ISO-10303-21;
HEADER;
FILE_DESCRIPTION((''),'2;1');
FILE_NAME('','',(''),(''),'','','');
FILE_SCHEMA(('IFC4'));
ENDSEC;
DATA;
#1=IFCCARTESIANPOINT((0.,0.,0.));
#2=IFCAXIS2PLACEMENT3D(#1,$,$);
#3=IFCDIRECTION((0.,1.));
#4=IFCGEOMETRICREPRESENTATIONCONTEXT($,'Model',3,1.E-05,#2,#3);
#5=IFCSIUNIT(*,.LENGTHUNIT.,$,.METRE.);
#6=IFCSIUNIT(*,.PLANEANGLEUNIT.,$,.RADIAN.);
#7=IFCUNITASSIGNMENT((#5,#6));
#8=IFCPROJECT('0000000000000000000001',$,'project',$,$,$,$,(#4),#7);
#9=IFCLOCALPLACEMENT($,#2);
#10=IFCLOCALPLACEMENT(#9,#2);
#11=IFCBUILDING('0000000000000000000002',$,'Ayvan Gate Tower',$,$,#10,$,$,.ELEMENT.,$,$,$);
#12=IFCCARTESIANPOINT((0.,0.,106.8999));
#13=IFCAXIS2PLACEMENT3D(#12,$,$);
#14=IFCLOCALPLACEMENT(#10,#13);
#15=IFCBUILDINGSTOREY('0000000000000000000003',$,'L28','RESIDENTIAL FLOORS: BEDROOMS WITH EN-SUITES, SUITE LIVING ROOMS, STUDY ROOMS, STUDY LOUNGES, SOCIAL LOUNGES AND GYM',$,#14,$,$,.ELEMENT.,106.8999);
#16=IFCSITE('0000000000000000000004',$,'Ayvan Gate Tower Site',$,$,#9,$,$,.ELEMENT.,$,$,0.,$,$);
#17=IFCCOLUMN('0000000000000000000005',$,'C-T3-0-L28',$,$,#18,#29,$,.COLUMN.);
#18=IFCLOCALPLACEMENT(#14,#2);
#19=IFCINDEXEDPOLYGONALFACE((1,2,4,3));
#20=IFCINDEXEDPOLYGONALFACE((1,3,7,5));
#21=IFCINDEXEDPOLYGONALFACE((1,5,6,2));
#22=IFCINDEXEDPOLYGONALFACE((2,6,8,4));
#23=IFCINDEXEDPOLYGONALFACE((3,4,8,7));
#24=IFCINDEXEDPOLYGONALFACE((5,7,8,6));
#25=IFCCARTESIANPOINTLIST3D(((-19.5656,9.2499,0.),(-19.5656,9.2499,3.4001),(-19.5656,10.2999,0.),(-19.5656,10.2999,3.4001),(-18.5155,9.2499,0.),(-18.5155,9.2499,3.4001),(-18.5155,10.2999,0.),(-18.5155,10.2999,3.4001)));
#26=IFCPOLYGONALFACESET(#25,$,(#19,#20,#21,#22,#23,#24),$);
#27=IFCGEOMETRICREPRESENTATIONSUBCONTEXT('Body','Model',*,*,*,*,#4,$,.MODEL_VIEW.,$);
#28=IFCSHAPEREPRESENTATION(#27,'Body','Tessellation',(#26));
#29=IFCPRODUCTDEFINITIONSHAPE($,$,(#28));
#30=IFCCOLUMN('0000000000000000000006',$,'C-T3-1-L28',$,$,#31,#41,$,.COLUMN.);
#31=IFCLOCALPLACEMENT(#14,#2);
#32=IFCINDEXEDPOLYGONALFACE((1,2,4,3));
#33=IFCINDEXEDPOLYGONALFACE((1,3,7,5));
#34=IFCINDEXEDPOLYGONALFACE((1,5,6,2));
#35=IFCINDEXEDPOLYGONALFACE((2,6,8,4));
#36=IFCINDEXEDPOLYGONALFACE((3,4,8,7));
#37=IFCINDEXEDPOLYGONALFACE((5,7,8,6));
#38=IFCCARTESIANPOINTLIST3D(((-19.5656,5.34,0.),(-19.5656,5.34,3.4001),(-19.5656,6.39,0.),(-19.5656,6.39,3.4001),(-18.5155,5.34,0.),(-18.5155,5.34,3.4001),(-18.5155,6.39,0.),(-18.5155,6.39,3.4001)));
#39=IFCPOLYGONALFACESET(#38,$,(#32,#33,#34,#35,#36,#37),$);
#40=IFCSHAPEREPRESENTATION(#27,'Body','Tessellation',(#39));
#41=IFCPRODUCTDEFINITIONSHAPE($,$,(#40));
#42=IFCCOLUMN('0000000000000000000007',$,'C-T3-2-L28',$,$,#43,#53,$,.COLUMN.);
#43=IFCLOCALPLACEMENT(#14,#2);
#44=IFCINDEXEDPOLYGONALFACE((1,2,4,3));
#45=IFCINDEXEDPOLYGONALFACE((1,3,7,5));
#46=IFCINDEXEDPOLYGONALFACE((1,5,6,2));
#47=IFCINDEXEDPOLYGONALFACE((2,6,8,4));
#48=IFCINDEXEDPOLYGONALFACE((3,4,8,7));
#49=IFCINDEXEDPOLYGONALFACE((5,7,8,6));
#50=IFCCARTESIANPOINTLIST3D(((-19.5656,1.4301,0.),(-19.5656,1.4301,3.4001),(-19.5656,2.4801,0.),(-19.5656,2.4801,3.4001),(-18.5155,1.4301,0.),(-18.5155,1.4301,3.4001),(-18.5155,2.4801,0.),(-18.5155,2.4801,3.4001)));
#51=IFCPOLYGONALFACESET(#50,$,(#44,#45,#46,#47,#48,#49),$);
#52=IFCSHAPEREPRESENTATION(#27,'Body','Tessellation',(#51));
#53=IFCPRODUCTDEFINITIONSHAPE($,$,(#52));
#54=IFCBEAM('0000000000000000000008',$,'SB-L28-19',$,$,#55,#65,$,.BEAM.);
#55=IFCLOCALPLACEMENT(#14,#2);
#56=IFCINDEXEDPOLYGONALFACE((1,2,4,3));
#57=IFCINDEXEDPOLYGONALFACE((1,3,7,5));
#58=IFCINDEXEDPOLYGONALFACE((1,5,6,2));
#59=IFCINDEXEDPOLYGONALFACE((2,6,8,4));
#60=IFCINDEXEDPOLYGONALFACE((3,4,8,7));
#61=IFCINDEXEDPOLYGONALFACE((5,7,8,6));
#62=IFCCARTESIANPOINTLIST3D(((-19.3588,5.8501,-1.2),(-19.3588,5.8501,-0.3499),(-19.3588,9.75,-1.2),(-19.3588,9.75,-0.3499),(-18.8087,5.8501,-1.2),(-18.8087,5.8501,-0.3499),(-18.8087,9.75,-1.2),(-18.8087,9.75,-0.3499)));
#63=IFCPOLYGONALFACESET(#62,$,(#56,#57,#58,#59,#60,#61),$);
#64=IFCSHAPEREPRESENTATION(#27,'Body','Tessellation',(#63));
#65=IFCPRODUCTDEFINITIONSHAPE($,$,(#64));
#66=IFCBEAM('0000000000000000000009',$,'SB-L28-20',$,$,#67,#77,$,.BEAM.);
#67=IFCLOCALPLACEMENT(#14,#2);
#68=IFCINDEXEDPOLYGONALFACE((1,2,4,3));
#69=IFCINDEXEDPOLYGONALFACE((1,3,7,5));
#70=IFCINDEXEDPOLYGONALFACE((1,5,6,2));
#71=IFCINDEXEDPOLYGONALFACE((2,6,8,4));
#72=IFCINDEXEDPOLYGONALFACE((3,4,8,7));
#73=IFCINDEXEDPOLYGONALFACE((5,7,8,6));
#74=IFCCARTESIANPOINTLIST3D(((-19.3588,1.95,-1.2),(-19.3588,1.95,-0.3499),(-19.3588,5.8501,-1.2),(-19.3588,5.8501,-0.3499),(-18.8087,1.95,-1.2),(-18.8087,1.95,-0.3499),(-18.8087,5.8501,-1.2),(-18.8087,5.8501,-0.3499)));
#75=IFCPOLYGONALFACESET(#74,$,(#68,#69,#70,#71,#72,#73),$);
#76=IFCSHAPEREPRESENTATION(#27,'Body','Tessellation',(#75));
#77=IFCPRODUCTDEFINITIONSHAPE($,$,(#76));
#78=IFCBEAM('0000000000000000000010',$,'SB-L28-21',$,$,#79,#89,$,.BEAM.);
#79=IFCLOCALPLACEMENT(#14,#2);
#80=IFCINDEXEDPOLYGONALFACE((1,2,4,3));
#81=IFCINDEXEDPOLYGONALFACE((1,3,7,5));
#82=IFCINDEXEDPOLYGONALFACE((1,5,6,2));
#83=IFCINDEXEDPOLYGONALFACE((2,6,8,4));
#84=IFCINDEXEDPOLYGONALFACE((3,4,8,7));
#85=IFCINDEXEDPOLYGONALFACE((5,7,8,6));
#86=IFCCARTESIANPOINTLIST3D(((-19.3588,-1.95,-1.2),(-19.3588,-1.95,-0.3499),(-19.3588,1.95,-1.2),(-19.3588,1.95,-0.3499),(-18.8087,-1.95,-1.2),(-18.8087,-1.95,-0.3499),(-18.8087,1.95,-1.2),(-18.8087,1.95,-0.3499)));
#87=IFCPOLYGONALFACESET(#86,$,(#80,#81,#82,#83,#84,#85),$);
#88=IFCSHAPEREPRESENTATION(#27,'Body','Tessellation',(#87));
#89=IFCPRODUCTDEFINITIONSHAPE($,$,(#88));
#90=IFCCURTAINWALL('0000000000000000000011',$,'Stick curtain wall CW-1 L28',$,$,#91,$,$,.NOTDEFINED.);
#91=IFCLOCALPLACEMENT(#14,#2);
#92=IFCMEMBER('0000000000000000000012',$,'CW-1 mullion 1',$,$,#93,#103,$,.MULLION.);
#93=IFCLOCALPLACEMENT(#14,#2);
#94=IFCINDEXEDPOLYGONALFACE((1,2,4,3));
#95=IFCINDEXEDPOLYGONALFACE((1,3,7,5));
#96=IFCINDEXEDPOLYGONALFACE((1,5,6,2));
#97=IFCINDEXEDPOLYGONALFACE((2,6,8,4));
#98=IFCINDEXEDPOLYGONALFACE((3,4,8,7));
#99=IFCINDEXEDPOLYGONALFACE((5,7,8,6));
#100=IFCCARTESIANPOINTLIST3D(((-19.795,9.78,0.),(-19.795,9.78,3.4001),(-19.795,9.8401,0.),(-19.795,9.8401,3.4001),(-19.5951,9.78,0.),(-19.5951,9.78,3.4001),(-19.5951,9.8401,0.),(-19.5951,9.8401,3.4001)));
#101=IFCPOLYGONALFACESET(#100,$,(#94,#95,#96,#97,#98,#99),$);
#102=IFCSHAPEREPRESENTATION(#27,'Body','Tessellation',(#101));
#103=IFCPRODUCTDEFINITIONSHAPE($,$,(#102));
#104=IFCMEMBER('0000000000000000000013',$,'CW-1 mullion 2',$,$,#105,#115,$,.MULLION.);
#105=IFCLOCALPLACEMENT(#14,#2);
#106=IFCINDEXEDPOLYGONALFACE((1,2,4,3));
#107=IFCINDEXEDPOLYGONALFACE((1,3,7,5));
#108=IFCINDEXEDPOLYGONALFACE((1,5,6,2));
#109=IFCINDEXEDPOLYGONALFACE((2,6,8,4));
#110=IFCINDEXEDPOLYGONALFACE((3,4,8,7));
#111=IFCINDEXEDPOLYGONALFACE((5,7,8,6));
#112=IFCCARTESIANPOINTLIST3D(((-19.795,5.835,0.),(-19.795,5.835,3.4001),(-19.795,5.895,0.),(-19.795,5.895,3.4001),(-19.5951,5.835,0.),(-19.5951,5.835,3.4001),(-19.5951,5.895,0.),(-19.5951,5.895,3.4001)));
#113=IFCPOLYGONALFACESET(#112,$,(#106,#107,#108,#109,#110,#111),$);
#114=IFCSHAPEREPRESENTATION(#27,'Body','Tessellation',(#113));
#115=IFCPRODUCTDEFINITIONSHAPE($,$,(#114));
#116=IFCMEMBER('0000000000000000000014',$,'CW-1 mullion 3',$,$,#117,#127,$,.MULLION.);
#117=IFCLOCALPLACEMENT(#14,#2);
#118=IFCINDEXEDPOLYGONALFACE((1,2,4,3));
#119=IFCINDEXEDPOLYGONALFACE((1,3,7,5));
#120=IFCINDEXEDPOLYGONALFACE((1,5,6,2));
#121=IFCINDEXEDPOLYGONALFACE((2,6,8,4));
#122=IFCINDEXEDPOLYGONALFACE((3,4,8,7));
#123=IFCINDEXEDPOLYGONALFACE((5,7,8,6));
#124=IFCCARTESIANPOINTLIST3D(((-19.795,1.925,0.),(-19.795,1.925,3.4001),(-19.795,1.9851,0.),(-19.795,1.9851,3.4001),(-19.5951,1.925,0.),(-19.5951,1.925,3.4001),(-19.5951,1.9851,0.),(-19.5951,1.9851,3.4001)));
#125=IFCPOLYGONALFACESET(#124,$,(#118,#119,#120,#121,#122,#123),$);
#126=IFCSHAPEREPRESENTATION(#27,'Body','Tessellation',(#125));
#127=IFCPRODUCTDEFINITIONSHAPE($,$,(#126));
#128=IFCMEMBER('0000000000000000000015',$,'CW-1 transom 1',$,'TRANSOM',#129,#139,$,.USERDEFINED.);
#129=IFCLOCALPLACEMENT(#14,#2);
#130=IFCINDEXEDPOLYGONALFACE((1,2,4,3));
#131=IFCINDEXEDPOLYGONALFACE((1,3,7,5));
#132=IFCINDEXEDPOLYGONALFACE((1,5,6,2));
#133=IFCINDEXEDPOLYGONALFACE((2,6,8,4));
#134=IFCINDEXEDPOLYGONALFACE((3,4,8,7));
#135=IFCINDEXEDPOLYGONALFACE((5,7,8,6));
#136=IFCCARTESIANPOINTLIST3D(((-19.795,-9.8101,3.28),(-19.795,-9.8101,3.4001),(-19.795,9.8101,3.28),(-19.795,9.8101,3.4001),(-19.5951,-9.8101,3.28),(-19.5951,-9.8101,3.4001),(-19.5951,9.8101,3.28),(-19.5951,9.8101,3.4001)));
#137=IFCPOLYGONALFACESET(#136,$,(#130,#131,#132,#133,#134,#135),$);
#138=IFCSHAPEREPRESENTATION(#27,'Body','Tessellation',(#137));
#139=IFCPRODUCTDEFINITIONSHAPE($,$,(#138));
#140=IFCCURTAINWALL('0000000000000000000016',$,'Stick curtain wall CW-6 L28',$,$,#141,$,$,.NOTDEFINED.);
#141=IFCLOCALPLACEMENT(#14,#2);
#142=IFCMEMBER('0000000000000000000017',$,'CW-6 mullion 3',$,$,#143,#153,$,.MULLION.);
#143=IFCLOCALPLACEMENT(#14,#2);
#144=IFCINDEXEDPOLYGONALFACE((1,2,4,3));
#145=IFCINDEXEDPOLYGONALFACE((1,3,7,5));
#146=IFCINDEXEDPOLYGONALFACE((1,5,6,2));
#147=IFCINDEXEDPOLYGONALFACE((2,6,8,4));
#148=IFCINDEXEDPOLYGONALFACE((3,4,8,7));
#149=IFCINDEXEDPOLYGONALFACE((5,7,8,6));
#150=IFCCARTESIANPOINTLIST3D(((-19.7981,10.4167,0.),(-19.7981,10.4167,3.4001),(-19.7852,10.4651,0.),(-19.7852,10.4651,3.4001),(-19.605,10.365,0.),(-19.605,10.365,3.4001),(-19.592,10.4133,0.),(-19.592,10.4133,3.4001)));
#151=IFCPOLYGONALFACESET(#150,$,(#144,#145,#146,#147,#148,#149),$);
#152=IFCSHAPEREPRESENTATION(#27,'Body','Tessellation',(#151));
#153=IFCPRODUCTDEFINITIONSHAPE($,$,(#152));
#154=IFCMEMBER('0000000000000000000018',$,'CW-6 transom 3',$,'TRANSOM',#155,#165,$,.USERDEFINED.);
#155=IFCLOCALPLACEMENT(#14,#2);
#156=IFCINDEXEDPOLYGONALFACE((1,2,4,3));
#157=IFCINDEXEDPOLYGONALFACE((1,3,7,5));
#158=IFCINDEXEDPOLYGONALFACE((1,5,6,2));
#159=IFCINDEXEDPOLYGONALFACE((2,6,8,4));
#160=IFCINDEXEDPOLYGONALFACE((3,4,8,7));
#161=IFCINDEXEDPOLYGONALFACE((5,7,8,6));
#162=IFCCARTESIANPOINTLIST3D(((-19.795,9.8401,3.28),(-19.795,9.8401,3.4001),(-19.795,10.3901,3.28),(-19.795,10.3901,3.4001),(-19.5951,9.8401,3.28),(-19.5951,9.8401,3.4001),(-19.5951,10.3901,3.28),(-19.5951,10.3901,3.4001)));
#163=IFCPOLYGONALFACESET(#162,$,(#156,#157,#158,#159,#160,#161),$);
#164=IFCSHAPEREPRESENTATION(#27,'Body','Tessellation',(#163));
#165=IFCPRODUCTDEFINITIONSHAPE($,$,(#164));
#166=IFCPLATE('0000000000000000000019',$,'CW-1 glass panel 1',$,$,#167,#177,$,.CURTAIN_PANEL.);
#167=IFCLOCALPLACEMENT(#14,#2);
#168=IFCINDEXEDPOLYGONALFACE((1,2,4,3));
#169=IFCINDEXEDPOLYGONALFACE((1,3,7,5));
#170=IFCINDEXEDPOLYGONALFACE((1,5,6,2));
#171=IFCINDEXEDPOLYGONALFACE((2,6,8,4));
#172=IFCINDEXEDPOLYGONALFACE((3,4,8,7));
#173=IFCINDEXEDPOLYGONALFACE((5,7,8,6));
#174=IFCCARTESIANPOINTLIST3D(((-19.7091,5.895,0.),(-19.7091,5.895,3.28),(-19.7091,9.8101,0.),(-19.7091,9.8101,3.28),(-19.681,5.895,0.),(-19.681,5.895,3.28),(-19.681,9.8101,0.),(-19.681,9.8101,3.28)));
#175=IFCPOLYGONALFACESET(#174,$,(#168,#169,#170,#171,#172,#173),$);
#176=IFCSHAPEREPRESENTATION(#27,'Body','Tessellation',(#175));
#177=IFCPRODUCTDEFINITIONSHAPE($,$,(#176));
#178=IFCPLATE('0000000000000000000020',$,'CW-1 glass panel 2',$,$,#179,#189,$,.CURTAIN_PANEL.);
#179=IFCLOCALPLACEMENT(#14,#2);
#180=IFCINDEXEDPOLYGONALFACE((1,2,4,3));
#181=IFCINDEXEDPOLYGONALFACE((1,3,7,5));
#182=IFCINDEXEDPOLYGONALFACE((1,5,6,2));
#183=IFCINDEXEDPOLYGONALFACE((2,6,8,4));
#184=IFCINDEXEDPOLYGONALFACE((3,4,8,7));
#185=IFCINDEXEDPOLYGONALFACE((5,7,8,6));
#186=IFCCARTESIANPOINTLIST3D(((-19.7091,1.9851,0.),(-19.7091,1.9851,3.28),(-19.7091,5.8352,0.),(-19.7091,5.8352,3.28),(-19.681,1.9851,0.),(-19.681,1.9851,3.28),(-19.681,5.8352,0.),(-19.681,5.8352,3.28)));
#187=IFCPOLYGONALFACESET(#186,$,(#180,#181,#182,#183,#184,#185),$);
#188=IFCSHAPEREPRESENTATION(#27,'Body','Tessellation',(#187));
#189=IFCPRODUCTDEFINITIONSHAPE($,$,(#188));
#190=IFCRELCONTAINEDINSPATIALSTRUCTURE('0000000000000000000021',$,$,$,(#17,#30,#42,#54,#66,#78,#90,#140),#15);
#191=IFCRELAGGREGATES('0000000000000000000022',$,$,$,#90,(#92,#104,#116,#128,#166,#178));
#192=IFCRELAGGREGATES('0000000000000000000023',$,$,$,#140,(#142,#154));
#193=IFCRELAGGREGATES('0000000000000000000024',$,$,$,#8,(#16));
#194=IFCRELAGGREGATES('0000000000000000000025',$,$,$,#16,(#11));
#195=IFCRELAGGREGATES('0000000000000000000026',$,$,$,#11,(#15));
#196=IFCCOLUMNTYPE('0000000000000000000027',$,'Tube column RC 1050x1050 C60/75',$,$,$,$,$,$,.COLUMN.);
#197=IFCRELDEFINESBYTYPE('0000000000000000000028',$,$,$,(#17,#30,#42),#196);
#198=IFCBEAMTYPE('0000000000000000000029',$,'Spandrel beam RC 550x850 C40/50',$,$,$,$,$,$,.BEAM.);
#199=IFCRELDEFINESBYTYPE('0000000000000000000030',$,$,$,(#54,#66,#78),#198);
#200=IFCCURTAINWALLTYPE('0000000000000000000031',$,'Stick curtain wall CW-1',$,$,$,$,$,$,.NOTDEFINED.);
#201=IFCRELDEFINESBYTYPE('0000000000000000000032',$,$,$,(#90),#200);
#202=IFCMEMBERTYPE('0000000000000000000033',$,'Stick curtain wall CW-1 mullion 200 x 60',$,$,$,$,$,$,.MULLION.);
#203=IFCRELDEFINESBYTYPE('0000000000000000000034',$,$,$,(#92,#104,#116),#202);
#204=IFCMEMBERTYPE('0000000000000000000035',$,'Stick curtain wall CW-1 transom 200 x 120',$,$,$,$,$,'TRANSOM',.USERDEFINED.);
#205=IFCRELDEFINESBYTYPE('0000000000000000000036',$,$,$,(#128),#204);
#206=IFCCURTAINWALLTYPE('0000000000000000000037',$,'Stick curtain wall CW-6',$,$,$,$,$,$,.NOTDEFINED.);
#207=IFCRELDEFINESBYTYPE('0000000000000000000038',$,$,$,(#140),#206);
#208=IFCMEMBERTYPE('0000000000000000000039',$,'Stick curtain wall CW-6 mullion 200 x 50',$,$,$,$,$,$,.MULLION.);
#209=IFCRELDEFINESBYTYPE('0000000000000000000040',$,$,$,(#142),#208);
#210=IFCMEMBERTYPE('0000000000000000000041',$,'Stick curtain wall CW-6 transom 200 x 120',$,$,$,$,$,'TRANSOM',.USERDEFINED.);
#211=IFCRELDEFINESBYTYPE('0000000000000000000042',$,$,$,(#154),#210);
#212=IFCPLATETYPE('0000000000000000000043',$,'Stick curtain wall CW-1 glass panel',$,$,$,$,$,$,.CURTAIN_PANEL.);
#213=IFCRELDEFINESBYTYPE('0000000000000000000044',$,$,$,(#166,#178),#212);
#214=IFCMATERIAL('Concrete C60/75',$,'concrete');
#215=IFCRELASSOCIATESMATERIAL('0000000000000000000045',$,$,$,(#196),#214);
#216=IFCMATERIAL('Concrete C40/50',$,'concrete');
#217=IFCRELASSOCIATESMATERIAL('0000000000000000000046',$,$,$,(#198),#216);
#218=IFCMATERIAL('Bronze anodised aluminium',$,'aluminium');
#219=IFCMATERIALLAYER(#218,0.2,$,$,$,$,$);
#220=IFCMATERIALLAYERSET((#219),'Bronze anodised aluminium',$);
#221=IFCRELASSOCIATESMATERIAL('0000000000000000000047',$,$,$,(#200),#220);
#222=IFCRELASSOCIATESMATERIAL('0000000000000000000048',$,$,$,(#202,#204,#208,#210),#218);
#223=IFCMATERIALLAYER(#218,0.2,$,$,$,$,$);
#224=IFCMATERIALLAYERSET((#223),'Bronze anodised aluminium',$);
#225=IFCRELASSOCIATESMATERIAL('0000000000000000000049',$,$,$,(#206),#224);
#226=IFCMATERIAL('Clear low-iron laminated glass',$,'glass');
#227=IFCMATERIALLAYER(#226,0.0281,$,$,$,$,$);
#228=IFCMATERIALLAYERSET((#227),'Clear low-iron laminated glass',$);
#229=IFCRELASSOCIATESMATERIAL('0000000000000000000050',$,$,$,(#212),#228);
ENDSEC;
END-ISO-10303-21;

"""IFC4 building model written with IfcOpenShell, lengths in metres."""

from ifc_helpers import new_model, si_unit, direction, frame, origin, origin_2d, place, context, subcontext, project, spatial, rectangle, extrude, material, layer, layer_set, material_profile, profile_set, type_object, element, aggregate, save


model = new_model("IFC4")

# Units and contexts
model_context = context("Model", 3, precision=1e-05, world=origin(), true_north=direction((0.0, 1.0)))
body_context = subcontext(model_context, "Body", "Model", "MODEL_VIEW")
ifc_project = project(units=[si_unit("LENGTHUNIT", "METRE"), si_unit("PLANEANGLEUNIT", "RADIAN")], contexts=[model_context])

# Site, building, storey
site_placement = place(None, origin())
site = spatial("IfcSite", under=ifc_project, at=site_placement, Name="Ayvan Gate Tower Site", CompositionType="ELEMENT", RefElevation=0.0)
building_placement = place(site_placement, origin())
building = spatial("IfcBuilding", under=site, at=building_placement, Name="Ayvan Gate Tower", CompositionType="ELEMENT")
storey_placement = place(building_placement, frame((0.0, 0.0, 106.8999)))
storey = spatial("IfcBuildingStorey", under=building, at=storey_placement, Name="L28", Description="RESIDENTIAL FLOORS: BEDROOMS WITH EN-SUITES, SUITE LIVING ROOMS, STUDY ROOMS, STUDY LOUNGES, SOCIAL LOUNGES AND GYM", CompositionType="ELEMENT", Elevation=106.8999)

# Columns
ifc_material_1 = material(Name="Concrete C60/75", Category="concrete")
ifc_material_profile_1 = material_profile(ifc_material_1, rectangle(XDim=1.05, YDim=1.05, at=origin_2d()), Name="RC 1050x1050")
ifc_profile_set_1 = profile_set([ifc_material_profile_1], Name="Concrete C60/75")
column_type = type_object("IfcColumnType", Name="Tube column RC 1050x1050 C60/75", PredefinedType="COLUMN", material=ifc_profile_set_1)
for number, where, z_axis, x_axis, name in (
    (1, (-19.0405, 9.7749, 0.0), (0.0, 0.0, 1.0), (-1.0, 0.0, 0.0), "C-T3-0-L28"),
    (2, (-19.0405, 5.865, 0.0), (0.0, 0.0, 1.0), (-1.0, 0.0, 0.0), "C-T3-1-L28"),
    (3, (-19.0405, 1.9551, 0.0), (0.0, 0.0, 1.0), (-1.0, 0.0, 0.0), "C-T3-2-L28"),
):
    element("IfcColumn", number, at=place(storey_placement, frame(where, z_axis=z_axis, x_axis=x_axis)), inside=storey, type_object=column_type, Name=name, PredefinedType="COLUMN", context=body_context, shape_type="SweptSolid", body=[
        extrude(rectangle(XDim=1.05, YDim=1.05, at=origin_2d()), origin(), (0.0, 0.0, 1.0), 3.4001),
    ])

# Beams
ifc_material_2 = material(Name="Concrete C40/50", Category="concrete")
ifc_material_profile_2 = material_profile(ifc_material_2, rectangle(XDim=0.55, YDim=0.8501, at=origin_2d()), Name="RC 550x850")
ifc_profile_set_2 = profile_set([ifc_material_profile_2], Name="Concrete C40/50")
beam_type = type_object("IfcBeamType", Name="Spandrel beam RC 550x850 C40/50", PredefinedType="BEAM", material=ifc_profile_set_2)
beam_1_placement = place(storey_placement, frame((-19.0837, 9.75, -0.7749), z_axis=(0.0, -1.0, 0.0), x_axis=(1.0, 0.0, 0.0)))
element("IfcBeam", 4, at=beam_1_placement, inside=storey, type_object=beam_type, Name="SB-L28-19", PredefinedType="BEAM", context=body_context, shape_type="SweptSolid", body=[
    extrude(rectangle(XDim=0.55, YDim=0.8501, at=origin_2d()), origin(), (0.0, 0.0, 1.0), 3.8999),
])
beam_2_placement = place(storey_placement, frame((-19.0837, 5.8501, -0.7749), z_axis=(0.0, -1.0, 0.0), x_axis=(1.0, 0.0, 0.0)))
element("IfcBeam", 5, at=beam_2_placement, inside=storey, type_object=beam_type, Name="SB-L28-20", PredefinedType="BEAM", context=body_context, shape_type="SweptSolid", body=[
    extrude(rectangle(XDim=0.55, YDim=0.8501, at=origin_2d()), origin(), (0.0, 0.0, 1.0), 3.9001),
])
beam_3_placement = place(storey_placement, frame((-19.0837, 1.95, -0.7749), z_axis=(0.0, -1.0, 0.0), x_axis=(1.0, 0.0, 0.0)))
element("IfcBeam", 6, at=beam_3_placement, inside=storey, type_object=beam_type, Name="SB-L28-21", PredefinedType="BEAM", context=body_context, shape_type="SweptSolid", body=[
    extrude(rectangle(XDim=0.55, YDim=0.8501, at=origin_2d()), origin(), (0.0, 0.0, 1.0), 3.8999),
])

# Curtain walls, members
ifc_material_3 = material(Name="Bronze anodised aluminium", Category="aluminium")
ifc_layer_1 = layer(ifc_material_3, 0.2)
ifc_layer_set_1 = layer_set([ifc_layer_1], Name="Bronze anodised aluminium")
curtain_wall_type_1 = type_object("IfcCurtainWallType", Name="Stick curtain wall CW-1", PredefinedType="NOTDEFINED", material=ifc_layer_set_1)
curtain_wall_1_placement = place(storey_placement, origin())
curtain_wall_1 = element("IfcCurtainWall", 7, at=curtain_wall_1_placement, inside=storey, type_object=curtain_wall_type_1, Name="Stick curtain wall CW-1 L28", PredefinedType="NOTDEFINED")
ifc_material_profile_3 = material_profile(ifc_material_3, rectangle(XDim=0.2, YDim=0.0601, at=origin_2d()), Name="Stick curtain wall CW-1 mullion 200 x 60")
ifc_profile_set_3 = profile_set([ifc_material_profile_3], Name="Bronze anodised aluminium")
member_type_1 = type_object("IfcMemberType", Name="Stick curtain wall CW-1 mullion 200 x 60", PredefinedType="MULLION", material=ifc_profile_set_3)
member_1_placement = place(storey_placement, frame((-19.6951, 9.8101, 0.0), z_axis=(0.0, 0.0, 1.0), x_axis=(-1.0, 0.0, 0.0)))
member_1 = element("IfcMember", 8, at=member_1_placement, type_object=member_type_1, Name="CW-1 mullion 1", PredefinedType="MULLION", context=body_context, shape_type="SweptSolid", body=[
    extrude(rectangle(XDim=0.2, YDim=0.0601, at=origin_2d()), origin(), (0.0, 0.0, 1.0), 3.4001),
])
member_2_placement = place(storey_placement, frame((-19.6951, 5.865, 0.0), z_axis=(0.0, 0.0, 1.0), x_axis=(-1.0, 0.0, 0.0)))
member_2 = element("IfcMember", 9, at=member_2_placement, type_object=member_type_1, Name="CW-1 mullion 2", PredefinedType="MULLION", context=body_context, shape_type="SweptSolid", body=[
    extrude(rectangle(XDim=0.2, YDim=0.0601, at=origin_2d()), origin(), (0.0, 0.0, 1.0), 3.4001),
])
member_3_placement = place(storey_placement, frame((-19.6951, 1.9551, 0.0), z_axis=(0.0, 0.0, 1.0), x_axis=(-1.0, 0.0, 0.0)))
member_3 = element("IfcMember", 10, at=member_3_placement, type_object=member_type_1, Name="CW-1 mullion 3", PredefinedType="MULLION", context=body_context, shape_type="SweptSolid", body=[
    extrude(rectangle(XDim=0.2, YDim=0.0601, at=origin_2d()), origin(), (0.0, 0.0, 1.0), 3.4001),
])
ifc_material_profile_4 = material_profile(ifc_material_3, rectangle(XDim=0.2, YDim=0.1201, at=origin_2d()), Name="Stick curtain wall CW-1 transom 200 x 120")
ifc_profile_set_4 = profile_set([ifc_material_profile_4], Name="Bronze anodised aluminium")
member_type_2 = type_object("IfcMemberType", Name="Stick curtain wall CW-1 transom 200 x 120", ElementType="TRANSOM", PredefinedType="USERDEFINED", material=ifc_profile_set_4)
member_4_placement = place(storey_placement, frame((-19.6951, 9.8101, 3.3401), z_axis=(0.0, -1.0, 0.0), x_axis=(1.0, 0.0, 0.0)))
member_4 = element("IfcMember", 11, at=member_4_placement, type_object=member_type_2, Name="CW-1 transom 1", ObjectType="TRANSOM", PredefinedType="USERDEFINED", context=body_context, shape_type="SweptSolid", body=[
    extrude(rectangle(XDim=0.2, YDim=0.1201, at=origin_2d()), origin(), (0.0, 0.0, 1.0), 19.6201),
])
ifc_layer_2 = layer(ifc_material_3, 0.2)
ifc_layer_set_2 = layer_set([ifc_layer_2], Name="Bronze anodised aluminium")
curtain_wall_type_2 = type_object("IfcCurtainWallType", Name="Stick curtain wall CW-6", PredefinedType="NOTDEFINED", material=ifc_layer_set_2)
curtain_wall_2_placement = place(storey_placement, origin())
curtain_wall_2 = element("IfcCurtainWall", 12, at=curtain_wall_2_placement, inside=storey, type_object=curtain_wall_type_2, Name="Stick curtain wall CW-6 L28", PredefinedType="NOTDEFINED")
ifc_material_profile_5 = material_profile(ifc_material_3, rectangle(XDim=0.2, YDim=0.05, at=origin_2d()), Name="Stick curtain wall CW-6 mullion 200 x 50")
ifc_profile_set_5 = profile_set([ifc_material_profile_5], Name="Bronze anodised aluminium")
member_type_3 = type_object("IfcMemberType", Name="Stick curtain wall CW-6 mullion 200 x 50", PredefinedType="MULLION", material=ifc_profile_set_5)
member_5_placement = place(storey_placement, frame((-19.6951, 10.415, 0.0), z_axis=(0.0, 0.0, 1.0), x_axis=(-0.965926, 0.258819, 0.0)))
member_5 = element("IfcMember", 13, at=member_5_placement, type_object=member_type_3, Name="CW-6 mullion 3", PredefinedType="MULLION", context=body_context, shape_type="SweptSolid", body=[
    extrude(rectangle(XDim=0.2, YDim=0.05, at=origin_2d()), origin(), (0.0, 0.0, 1.0), 3.4001),
])
ifc_material_profile_6 = material_profile(ifc_material_3, rectangle(XDim=0.2, YDim=0.1201, at=origin_2d()), Name="Stick curtain wall CW-6 transom 200 x 120")
ifc_profile_set_6 = profile_set([ifc_material_profile_6], Name="Bronze anodised aluminium")
member_type_4 = type_object("IfcMemberType", Name="Stick curtain wall CW-6 transom 200 x 120", ElementType="TRANSOM", PredefinedType="USERDEFINED", material=ifc_profile_set_6)
member_6_placement = place(storey_placement, frame((-19.6951, 10.3901, 3.3401), z_axis=(0.0, -1.0, 0.0), x_axis=(1.0, 0.0, 0.0)))
member_6 = element("IfcMember", 14, at=member_6_placement, type_object=member_type_4, Name="CW-6 transom 3", ObjectType="TRANSOM", PredefinedType="USERDEFINED", context=body_context, shape_type="SweptSolid", body=[
    extrude(rectangle(XDim=0.2, YDim=0.1201, at=origin_2d()), origin(), (0.0, 0.0, 1.0), 0.55),
])

# Plates
ifc_material_4 = material(Name="Clear low-iron laminated glass", Category="glass")
ifc_layer_3 = layer(ifc_material_4, 0.0281)
ifc_layer_set_3 = layer_set([ifc_layer_3], Name="Clear low-iron laminated glass")
plate_type_1 = type_object("IfcPlateType", Name="Stick curtain wall CW-1 glass panel", PredefinedType="CURTAIN_PANEL", material=ifc_layer_set_3)
plate_1_placement = place(storey_placement, frame((-19.6951, 7.8525, 0.0), z_axis=(0.0, 0.0, 1.0), x_axis=(0.0, -1.0, 0.0)))
plate_1 = element("IfcPlate", 15, at=plate_1_placement, type_object=plate_type_1, Name="CW-1 glass panel 1", PredefinedType="CURTAIN_PANEL", context=body_context, shape_type="SweptSolid", body=[
    extrude(rectangle(XDim=3.915, YDim=0.0281, at=origin_2d()), origin(), (0.0, 0.0, 1.0), 3.28),
])
plate_2_placement = place(storey_placement, frame((-19.6951, 3.9102, 0.0), z_axis=(0.0, 0.0, 1.0), x_axis=(0.0, -1.0, 0.0)))
plate_2 = element("IfcPlate", 16, at=plate_2_placement, type_object=plate_type_1, Name="CW-1 glass panel 2", PredefinedType="CURTAIN_PANEL", context=body_context, shape_type="SweptSolid", body=[
    extrude(rectangle(XDim=3.8501, YDim=0.0281, at=origin_2d()), origin(), (0.0, 0.0, 1.0), 3.28),
])
aggregate(curtain_wall_1, [member_1, member_2, member_3, member_4, plate_1, plate_2])
aggregate(curtain_wall_2, [member_5, member_6])

save(model, "model.ifc")
